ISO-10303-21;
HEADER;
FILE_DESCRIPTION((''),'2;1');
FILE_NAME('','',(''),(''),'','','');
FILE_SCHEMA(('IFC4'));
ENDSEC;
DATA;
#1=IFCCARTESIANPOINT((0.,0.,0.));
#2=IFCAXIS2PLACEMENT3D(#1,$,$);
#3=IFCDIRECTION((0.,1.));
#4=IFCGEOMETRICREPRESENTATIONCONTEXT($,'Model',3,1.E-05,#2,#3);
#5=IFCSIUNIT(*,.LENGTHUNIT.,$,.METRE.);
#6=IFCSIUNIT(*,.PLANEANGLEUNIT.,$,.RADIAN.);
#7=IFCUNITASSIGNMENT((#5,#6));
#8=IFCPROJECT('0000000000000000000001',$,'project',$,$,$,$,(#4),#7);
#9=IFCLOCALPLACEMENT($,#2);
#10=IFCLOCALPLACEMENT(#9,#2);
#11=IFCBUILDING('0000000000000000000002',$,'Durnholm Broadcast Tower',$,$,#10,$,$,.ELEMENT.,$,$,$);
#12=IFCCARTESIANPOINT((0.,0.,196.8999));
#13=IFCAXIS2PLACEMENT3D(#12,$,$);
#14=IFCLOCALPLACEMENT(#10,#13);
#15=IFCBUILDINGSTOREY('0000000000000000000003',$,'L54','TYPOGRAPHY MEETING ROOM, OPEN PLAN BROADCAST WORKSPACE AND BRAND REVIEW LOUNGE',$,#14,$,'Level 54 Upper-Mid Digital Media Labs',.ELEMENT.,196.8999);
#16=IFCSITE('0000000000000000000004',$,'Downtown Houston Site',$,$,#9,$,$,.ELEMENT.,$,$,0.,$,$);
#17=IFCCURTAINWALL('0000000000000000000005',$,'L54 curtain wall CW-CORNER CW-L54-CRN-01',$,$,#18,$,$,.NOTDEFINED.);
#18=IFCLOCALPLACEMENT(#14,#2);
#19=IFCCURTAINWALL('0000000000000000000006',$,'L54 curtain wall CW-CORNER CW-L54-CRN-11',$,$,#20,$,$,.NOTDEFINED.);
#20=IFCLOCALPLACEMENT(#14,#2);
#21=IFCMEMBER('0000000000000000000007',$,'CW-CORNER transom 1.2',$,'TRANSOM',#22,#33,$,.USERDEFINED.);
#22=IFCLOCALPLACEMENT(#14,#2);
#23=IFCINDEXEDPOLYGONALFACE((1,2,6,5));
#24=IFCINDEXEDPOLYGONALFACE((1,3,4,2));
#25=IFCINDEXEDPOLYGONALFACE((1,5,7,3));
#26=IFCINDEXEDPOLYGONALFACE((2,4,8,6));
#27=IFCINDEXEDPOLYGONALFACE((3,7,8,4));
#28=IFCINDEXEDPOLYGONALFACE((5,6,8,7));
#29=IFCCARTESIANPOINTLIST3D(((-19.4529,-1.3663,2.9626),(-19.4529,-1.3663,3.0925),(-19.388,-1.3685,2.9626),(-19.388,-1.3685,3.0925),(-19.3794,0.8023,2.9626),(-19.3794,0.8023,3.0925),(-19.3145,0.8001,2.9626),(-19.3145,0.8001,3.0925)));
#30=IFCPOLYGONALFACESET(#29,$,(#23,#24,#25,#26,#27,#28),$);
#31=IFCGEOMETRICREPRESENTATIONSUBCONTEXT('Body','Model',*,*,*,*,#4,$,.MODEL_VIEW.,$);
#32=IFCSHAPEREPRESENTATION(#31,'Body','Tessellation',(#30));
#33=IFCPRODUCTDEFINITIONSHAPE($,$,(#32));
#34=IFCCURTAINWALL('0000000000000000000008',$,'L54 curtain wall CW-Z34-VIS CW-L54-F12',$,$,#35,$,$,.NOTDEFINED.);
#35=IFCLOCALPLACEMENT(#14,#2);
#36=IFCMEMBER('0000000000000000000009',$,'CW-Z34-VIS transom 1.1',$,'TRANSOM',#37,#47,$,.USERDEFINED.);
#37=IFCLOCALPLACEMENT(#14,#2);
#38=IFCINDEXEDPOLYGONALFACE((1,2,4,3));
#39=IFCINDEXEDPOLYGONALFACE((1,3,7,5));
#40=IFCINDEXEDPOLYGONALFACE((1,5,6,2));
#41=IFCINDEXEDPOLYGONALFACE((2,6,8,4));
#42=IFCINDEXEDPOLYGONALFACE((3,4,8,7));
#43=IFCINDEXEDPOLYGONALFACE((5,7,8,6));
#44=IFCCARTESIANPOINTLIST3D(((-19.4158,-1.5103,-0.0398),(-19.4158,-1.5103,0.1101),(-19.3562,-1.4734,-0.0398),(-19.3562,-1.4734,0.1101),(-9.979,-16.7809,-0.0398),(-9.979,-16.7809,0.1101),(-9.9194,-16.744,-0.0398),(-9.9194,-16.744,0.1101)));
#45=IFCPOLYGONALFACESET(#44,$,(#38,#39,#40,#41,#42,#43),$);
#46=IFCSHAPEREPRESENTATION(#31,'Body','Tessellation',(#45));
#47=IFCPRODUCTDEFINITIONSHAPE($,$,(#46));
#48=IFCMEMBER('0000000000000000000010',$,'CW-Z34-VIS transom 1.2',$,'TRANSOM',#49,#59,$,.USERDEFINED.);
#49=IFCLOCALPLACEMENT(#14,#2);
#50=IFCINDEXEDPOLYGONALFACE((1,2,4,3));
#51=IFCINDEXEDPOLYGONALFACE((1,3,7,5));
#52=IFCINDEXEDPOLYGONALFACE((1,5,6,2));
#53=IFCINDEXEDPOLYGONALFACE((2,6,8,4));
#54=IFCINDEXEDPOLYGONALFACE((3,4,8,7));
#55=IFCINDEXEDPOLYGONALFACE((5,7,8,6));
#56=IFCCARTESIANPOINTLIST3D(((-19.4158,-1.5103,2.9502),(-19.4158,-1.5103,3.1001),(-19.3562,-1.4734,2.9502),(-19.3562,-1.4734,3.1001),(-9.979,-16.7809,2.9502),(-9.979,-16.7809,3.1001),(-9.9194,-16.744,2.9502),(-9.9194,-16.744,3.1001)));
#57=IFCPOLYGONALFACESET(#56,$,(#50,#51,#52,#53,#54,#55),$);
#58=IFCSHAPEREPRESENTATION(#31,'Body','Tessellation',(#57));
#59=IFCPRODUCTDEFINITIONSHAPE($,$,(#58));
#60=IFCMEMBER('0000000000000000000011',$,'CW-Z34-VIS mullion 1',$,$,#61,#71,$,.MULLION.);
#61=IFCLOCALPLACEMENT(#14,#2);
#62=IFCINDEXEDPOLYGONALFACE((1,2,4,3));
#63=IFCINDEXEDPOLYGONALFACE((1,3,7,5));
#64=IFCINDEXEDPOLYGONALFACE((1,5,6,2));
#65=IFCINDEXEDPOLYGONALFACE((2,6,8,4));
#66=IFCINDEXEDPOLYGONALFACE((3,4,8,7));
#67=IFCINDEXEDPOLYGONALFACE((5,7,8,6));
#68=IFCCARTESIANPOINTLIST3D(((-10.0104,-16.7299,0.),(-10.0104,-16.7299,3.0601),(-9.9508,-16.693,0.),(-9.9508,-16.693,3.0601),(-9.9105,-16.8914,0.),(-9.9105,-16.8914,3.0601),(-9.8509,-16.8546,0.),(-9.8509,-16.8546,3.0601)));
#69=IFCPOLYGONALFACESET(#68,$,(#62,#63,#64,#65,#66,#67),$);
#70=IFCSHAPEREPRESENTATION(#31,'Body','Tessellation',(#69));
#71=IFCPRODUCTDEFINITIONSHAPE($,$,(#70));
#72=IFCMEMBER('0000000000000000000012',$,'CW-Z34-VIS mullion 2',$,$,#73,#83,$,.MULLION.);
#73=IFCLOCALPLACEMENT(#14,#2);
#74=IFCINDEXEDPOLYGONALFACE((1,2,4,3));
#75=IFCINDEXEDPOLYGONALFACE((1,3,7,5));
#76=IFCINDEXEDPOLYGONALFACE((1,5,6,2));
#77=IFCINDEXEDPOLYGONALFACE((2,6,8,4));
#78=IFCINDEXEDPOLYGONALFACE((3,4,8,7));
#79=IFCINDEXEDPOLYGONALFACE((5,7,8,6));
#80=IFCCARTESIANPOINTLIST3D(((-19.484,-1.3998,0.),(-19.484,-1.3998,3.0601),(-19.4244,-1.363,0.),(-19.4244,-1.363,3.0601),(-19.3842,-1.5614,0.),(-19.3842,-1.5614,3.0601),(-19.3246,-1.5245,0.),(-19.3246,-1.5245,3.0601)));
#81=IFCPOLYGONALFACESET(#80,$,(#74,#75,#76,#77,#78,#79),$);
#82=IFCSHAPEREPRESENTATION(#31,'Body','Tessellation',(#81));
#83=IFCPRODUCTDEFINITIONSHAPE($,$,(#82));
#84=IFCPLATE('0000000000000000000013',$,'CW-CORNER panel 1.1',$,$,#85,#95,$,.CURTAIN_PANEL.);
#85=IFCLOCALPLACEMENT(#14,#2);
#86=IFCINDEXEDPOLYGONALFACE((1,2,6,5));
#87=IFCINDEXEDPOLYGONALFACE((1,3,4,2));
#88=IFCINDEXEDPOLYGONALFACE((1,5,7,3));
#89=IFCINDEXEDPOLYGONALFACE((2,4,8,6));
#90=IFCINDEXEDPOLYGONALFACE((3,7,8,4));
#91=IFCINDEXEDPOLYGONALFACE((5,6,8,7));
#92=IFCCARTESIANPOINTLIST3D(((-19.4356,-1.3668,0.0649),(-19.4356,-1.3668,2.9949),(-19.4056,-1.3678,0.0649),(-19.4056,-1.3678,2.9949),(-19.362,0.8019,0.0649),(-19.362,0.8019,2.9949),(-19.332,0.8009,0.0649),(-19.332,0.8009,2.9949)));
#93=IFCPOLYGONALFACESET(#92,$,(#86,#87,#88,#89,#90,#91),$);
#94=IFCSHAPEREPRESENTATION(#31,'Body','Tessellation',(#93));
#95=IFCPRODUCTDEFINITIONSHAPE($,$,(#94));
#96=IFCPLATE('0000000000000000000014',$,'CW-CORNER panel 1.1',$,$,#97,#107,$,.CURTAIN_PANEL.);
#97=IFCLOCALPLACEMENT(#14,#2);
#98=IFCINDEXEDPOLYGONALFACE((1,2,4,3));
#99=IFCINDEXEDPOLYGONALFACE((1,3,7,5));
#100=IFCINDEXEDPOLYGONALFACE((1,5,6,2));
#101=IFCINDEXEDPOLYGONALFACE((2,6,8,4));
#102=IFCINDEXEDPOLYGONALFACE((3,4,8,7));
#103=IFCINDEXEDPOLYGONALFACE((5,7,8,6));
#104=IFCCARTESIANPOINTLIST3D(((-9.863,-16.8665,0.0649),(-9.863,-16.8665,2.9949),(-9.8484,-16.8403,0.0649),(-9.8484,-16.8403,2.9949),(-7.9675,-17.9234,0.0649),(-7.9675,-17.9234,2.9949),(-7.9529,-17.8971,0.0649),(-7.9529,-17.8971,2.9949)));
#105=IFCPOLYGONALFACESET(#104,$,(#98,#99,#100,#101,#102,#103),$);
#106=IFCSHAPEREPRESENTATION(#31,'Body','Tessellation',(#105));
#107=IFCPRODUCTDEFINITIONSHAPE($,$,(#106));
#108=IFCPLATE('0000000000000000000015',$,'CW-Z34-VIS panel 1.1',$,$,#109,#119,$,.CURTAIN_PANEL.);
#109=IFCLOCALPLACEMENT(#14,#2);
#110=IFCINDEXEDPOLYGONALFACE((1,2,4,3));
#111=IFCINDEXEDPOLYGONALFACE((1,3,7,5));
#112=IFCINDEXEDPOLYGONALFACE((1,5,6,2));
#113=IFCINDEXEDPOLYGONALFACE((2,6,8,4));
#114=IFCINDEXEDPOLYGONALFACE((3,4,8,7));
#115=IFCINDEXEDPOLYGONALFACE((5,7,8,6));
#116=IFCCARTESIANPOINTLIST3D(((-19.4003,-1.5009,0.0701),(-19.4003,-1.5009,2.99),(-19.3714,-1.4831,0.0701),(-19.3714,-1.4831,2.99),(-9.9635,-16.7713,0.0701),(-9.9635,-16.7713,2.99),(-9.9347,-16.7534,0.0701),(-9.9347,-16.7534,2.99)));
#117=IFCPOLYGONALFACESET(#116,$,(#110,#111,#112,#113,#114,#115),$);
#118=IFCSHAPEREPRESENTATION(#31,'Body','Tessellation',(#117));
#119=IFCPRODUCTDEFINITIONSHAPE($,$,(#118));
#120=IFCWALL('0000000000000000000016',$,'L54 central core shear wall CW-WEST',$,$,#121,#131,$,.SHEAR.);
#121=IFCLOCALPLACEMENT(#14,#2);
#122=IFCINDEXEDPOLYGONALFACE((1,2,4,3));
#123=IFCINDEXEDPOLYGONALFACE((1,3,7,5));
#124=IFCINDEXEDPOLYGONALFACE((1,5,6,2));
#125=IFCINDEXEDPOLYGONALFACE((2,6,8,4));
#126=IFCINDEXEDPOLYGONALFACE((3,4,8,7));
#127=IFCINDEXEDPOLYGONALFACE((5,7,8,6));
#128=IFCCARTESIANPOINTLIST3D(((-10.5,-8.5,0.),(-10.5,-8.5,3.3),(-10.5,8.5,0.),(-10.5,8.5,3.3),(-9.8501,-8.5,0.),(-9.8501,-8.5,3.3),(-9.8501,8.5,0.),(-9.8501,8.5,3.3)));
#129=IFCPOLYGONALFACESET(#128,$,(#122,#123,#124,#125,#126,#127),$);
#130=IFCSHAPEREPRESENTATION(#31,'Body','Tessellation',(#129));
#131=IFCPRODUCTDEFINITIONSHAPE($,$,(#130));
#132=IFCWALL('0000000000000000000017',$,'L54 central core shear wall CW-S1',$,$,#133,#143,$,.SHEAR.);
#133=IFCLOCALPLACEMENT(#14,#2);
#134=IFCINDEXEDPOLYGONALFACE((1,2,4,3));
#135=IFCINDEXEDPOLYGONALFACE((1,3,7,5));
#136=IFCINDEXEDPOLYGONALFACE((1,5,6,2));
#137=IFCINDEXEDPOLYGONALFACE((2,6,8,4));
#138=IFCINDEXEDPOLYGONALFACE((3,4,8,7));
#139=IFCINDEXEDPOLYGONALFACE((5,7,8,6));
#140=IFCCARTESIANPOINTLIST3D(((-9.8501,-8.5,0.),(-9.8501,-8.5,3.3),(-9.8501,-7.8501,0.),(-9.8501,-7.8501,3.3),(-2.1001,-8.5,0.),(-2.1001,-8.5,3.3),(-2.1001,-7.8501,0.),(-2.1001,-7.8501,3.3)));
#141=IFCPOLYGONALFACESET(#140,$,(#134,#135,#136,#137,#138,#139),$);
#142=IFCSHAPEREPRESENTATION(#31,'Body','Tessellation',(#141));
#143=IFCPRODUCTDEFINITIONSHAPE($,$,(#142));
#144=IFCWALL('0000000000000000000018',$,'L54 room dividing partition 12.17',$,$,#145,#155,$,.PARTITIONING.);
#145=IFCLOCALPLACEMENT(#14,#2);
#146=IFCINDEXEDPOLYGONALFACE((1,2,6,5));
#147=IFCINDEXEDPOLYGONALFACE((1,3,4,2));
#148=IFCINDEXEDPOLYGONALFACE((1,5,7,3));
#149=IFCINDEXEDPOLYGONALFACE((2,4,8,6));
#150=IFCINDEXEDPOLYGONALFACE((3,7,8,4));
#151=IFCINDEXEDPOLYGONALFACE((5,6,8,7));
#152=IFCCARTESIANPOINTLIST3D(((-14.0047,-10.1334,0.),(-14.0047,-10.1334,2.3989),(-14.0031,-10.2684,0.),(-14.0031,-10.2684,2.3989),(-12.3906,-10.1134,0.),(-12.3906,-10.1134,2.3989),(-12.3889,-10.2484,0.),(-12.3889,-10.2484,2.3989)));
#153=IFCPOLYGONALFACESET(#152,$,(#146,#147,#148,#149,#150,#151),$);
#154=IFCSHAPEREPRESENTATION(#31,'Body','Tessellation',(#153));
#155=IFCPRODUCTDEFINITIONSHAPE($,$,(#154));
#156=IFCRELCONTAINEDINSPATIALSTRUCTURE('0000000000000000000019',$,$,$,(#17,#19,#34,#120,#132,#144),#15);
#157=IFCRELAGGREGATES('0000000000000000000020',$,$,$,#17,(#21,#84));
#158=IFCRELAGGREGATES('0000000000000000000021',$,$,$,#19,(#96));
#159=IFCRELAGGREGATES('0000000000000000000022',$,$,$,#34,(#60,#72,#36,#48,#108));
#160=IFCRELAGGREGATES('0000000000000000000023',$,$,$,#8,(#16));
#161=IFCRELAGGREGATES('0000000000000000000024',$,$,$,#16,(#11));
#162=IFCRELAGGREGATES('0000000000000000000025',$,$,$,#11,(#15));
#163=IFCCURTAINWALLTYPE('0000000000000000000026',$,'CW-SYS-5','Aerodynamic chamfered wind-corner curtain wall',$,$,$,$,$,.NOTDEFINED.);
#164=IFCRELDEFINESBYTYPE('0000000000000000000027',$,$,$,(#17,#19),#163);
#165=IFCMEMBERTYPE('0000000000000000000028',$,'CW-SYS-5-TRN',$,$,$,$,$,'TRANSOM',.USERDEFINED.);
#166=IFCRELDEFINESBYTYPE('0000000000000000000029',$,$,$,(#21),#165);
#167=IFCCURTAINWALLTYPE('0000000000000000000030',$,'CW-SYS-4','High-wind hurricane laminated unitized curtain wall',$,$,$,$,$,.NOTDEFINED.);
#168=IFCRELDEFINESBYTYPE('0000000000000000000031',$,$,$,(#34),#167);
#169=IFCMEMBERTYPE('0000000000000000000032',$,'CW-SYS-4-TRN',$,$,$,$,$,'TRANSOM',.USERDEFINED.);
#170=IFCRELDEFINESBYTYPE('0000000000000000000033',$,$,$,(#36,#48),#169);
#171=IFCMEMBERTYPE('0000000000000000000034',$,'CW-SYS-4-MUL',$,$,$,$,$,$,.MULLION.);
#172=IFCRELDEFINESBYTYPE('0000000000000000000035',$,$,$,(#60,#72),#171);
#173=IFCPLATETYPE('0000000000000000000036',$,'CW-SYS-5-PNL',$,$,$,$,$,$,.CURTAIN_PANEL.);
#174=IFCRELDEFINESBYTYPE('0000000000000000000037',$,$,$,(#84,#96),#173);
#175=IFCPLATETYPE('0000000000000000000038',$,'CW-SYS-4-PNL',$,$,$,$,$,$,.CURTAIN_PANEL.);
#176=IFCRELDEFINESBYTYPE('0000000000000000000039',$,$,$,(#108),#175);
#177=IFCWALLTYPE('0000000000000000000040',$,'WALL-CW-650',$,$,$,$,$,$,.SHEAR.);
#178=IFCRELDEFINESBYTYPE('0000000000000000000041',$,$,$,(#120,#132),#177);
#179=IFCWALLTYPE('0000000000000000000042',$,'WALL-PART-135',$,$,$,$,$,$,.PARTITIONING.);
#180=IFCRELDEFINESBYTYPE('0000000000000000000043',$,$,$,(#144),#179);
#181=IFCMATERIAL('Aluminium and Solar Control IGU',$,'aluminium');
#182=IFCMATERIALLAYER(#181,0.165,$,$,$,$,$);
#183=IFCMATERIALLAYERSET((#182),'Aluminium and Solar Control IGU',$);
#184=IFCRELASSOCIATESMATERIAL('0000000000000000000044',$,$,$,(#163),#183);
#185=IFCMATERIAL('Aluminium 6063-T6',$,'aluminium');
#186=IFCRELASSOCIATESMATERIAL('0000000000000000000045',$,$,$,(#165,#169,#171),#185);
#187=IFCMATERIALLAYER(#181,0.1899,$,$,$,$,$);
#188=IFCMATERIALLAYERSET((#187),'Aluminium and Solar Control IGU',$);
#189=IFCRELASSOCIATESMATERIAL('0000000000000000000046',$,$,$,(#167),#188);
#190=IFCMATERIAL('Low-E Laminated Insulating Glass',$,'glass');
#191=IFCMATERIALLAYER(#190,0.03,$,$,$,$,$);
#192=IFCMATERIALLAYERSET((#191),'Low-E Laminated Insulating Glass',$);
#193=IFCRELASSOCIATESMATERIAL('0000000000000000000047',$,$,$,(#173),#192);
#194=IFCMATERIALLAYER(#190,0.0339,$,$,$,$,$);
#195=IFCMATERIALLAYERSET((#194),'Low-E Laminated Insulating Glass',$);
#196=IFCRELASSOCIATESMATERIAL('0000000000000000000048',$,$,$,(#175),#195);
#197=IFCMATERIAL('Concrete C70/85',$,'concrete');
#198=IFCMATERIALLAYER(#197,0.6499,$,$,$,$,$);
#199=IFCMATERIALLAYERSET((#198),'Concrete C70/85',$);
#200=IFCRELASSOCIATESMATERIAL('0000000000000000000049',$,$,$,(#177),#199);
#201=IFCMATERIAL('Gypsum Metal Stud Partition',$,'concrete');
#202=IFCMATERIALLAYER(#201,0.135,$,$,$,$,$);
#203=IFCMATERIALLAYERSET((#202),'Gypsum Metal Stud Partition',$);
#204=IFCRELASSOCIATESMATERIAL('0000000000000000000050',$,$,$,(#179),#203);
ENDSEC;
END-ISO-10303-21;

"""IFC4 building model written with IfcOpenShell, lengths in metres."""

from ifc_helpers import new_model, si_unit, direction, frame, frame_2d, origin, origin_2d, place, context, subcontext, project, spatial, rectangle, extrude, source, transform, mapped, material, layer, layer_set, material_profile, profile_set, type_object, type_shapes, element, aggregate, save


model = new_model("IFC4")

# Units and contexts
model_context = context("Model", 3, precision=1e-05, world=origin(), true_north=direction((0.0, 1.0)))
body_context = subcontext(model_context, "Body", "Model", "MODEL_VIEW")
ifc_project = project(units=[si_unit("LENGTHUNIT", "METRE"), si_unit("PLANEANGLEUNIT", "RADIAN")], contexts=[model_context])

# Site, building, storey
site_placement = place(None, origin())
site = spatial("IfcSite", under=ifc_project, at=site_placement, Name="Downtown Houston Site", CompositionType="ELEMENT", RefElevation=0.0)
building_placement = place(site_placement, origin())
building = spatial("IfcBuilding", under=site, at=building_placement, Name="Durnholm Broadcast Tower", CompositionType="ELEMENT")
storey_placement = place(building_placement, frame((0.0, 0.0, 196.8999)))
storey = spatial("IfcBuildingStorey", under=building, at=storey_placement, Name="L54", Description="TYPOGRAPHY MEETING ROOM, OPEN PLAN BROADCAST WORKSPACE AND BRAND REVIEW LOUNGE", LongName="Level 54 Upper-Mid Digital Media Labs", CompositionType="ELEMENT", Elevation=196.8999)

# Shared definitions
ifc_material_1 = material(Name="Concrete C70/85", Category="concrete")

# Curtain walls
ifc_material_2 = material(Name="Aluminium and Solar Control IGU", Category="aluminium")
ifc_layer_1 = layer(ifc_material_2, 0.165)
ifc_layer_set_1 = layer_set([ifc_layer_1], Name="Aluminium and Solar Control IGU")
curtain_wall_type_1 = type_object("IfcCurtainWallType", Name="CW-SYS-5", Description="Aerodynamic chamfered wind-corner curtain wall", PredefinedType="NOTDEFINED", material=ifc_layer_set_1)
curtain_wall_1_placement = place(storey_placement, origin())
curtain_wall_1 = element("IfcCurtainWall", 1, at=curtain_wall_1_placement, inside=storey, type_object=curtain_wall_type_1, Name="L54 curtain wall CW-CORNER CW-L54-CRN-01", PredefinedType="NOTDEFINED")
ifc_material_3 = material(Name="Aluminium 6063-T6", Category="aluminium")
curtain_wall_2_placement = place(storey_placement, origin())
curtain_wall_2 = element("IfcCurtainWall", 2, at=curtain_wall_2_placement, inside=storey, type_object=curtain_wall_type_1, Name="L54 curtain wall CW-CORNER CW-L54-CRN-11", PredefinedType="NOTDEFINED")

# Member
ifc_material_profile_1 = material_profile(ifc_material_3, rectangle(XDim=0.0649, YDim=0.1299, at=origin_2d()), Name="CWT65X130")
ifc_profile_set_1 = profile_set([ifc_material_profile_1], Name="Aluminium 6063-T6")
member_type_1 = type_object("IfcMemberType", Name="CW-SYS-5-TRN", ElementType="TRANSOM", PredefinedType="USERDEFINED", material=ifc_profile_set_1)
shared_shape_1 = source(origin(), body_context, "Body", "SweptSolid", [
    extrude(rectangle(XDim=0.0649, YDim=0.1299, at=origin_2d()), origin(), (0.0, 0.0, 1.0), 2.1699),
])
type_shapes(member_type_1, [shared_shape_1])
member_1_placement = place(storey_placement, frame((-19.4204, -1.3674, 3.0276), z_axis=(0.033866, 0.999426, 0.0), x_axis=(-0.999426, 0.033866, 0.0)))
member_1 = element("IfcMember", 3, at=member_1_placement, type_object=member_type_1, Name="CW-CORNER transom 1.2", ObjectType="TRANSOM", PredefinedType="USERDEFINED", context=body_context, shape_type="MappedRepresentation", body=[
    mapped(shared_shape_1, transform((0.0, 0.0, 0.0), x_axis=(1.0, 0.0, 0.0), y_axis=(0.0, 1.0, 0.0), z_axis=(0.0, 0.0, 1.0), scale=1.0)),
])

# Curtain wall, members
ifc_layer_2 = layer(ifc_material_2, 0.1899)
ifc_layer_set_2 = layer_set([ifc_layer_2], Name="Aluminium and Solar Control IGU")
curtain_wall_type_2 = type_object("IfcCurtainWallType", Name="CW-SYS-4", Description="High-wind hurricane laminated unitized curtain wall", PredefinedType="NOTDEFINED", material=ifc_layer_set_2)
curtain_wall_3_placement = place(storey_placement, origin())
curtain_wall_3 = element("IfcCurtainWall", 4, at=curtain_wall_3_placement, inside=storey, type_object=curtain_wall_type_2, Name="L54 curtain wall CW-Z34-VIS CW-L54-F12", PredefinedType="NOTDEFINED")
ifc_material_profile_2 = material_profile(ifc_material_3, rectangle(XDim=0.0701, YDim=0.1499, at=origin_2d()), Name="CWT70X150")
ifc_profile_set_2 = profile_set([ifc_material_profile_2], Name="Aluminium 6063-T6")
member_type_2 = type_object("IfcMemberType", Name="CW-SYS-4-TRN", ElementType="TRANSOM", PredefinedType="USERDEFINED", material=ifc_profile_set_2)
shared_shape_2 = source(origin(), body_context, "Body", "SweptSolid", [
    extrude(rectangle(XDim=0.0701, YDim=0.1499, at=origin_2d()), origin(), (0.0, 0.0, 1.0), 17.9512),
])
type_shapes(member_type_2, [shared_shape_2])
member_2_placement = place(storey_placement, frame((-9.9492, -16.7625, 0.0352), z_axis=(-0.525694, 0.850674, 0.0), x_axis=(-0.850674, -0.525694, 0.0)))
member_2 = element("IfcMember", 5, at=member_2_placement, type_object=member_type_2, Name="CW-Z34-VIS transom 1.1", ObjectType="TRANSOM", PredefinedType="USERDEFINED", context=body_context, shape_type="MappedRepresentation", body=[
    mapped(shared_shape_2, transform((0.0, 0.0, 0.0), x_axis=(1.0, 0.0, 0.0), y_axis=(0.0, 1.0, 0.0), z_axis=(0.0, 0.0, 1.0), scale=1.0)),
])
member_3_placement = place(storey_placement, frame((-9.9492, -16.7625, 3.0251), z_axis=(-0.525694, 0.850674, 0.0), x_axis=(-0.850674, -0.525694, 0.0)))
member_3 = element("IfcMember", 6, at=member_3_placement, type_object=member_type_2, Name="CW-Z34-VIS transom 1.2", ObjectType="TRANSOM", PredefinedType="USERDEFINED", context=body_context, shape_type="MappedRepresentation", body=[
    mapped(shared_shape_2, transform((0.0, 0.0, 0.0), x_axis=(1.0, 0.0, 0.0), y_axis=(0.0, 1.0, 0.0), z_axis=(0.0, 0.0, 1.0), scale=1.0)),
])
ifc_material_profile_3 = material_profile(ifc_material_3, rectangle(XDim=0.0701, YDim=0.1899, at=origin_2d()), Name="CWM70X190")
ifc_profile_set_3 = profile_set([ifc_material_profile_3], Name="Aluminium 6063-T6")
member_type_3 = type_object("IfcMemberType", Name="CW-SYS-4-MUL", PredefinedType="MULLION", material=ifc_profile_set_3)
shared_shape_3 = source(origin(), body_context, "Body", "SweptSolid", [
    extrude(rectangle(XDim=0.0701, YDim=0.1899, at=origin_2d()), origin(), (0.0, 0.0, 1.0), 3.0601),
])
type_shapes(member_type_3, [shared_shape_3])
member_4_placement = place(storey_placement, frame((-9.9307, -16.7922, 0.0), z_axis=(0.0, 0.0, 1.0), x_axis=(-0.850671, -0.525698, 0.0)))
member_4 = element("IfcMember", 7, at=member_4_placement, type_object=member_type_3, Name="CW-Z34-VIS mullion 1", PredefinedType="MULLION", context=body_context, shape_type="MappedRepresentation", body=[
    mapped(shared_shape_3, transform((0.0, 0.0, 0.0), x_axis=(1.0, 0.0, 0.0), y_axis=(0.0, 1.0, 0.0), z_axis=(0.0, 0.0, 1.0), scale=1.0)),
])
member_5_placement = place(storey_placement, frame((-19.4043, -1.4622, 0.0), z_axis=(0.0, 0.0, 1.0), x_axis=(-0.850671, -0.525698, 0.0)))
member_5 = element("IfcMember", 8, at=member_5_placement, type_object=member_type_3, Name="CW-Z34-VIS mullion 2", PredefinedType="MULLION", context=body_context, shape_type="MappedRepresentation", body=[
    mapped(shared_shape_3, transform((0.0, 0.0, 0.0), x_axis=(1.0, 0.0, 0.0), y_axis=(0.0, 1.0, 0.0), z_axis=(0.0, 0.0, 1.0), scale=1.0)),
])

# Plates
ifc_material_4 = material(Name="Low-E Laminated Insulating Glass", Category="glass")
ifc_layer_3 = layer(ifc_material_4, 0.03)
ifc_layer_set_3 = layer_set([ifc_layer_3], Name="Low-E Laminated Insulating Glass")
plate_type_1 = type_object("IfcPlateType", Name="CW-SYS-5-PNL", PredefinedType="CURTAIN_PANEL", material=ifc_layer_set_3)
shared_shape_4 = source(origin(), body_context, "Body", "SweptSolid", [
    extrude(rectangle(XDim=2.1699, YDim=0.03, at=origin_2d()), origin(), (0.0, 0.0, 1.0), 2.9299),
])
plate_1_placement = place(storey_placement, frame((-19.3838, -0.283, 0.0649), z_axis=(0.0, 0.0, 1.0), x_axis=(0.033913, 0.999425, 0.0)))
plate_1 = element("IfcPlate", 9, at=plate_1_placement, type_object=plate_type_1, Name="CW-CORNER panel 1.1", PredefinedType="CURTAIN_PANEL", context=body_context, shape_type="MappedRepresentation", body=[
    mapped(shared_shape_4, transform((0.0, 0.0, 0.0), x_axis=(1.0, 0.0, 0.0), y_axis=(0.0, 1.0, 0.0), z_axis=(0.0, 0.0, 1.0), scale=1.0)),
])
aggregate(curtain_wall_1, [member_1, plate_1])
shared_shape_5 = source(origin(), body_context, "Body", "SweptSolid", [
    extrude(rectangle(XDim=2.1702, YDim=0.03, at=origin_2d()), origin(), (0.0, 0.0, 1.0), 2.9299),
])
type_shapes(plate_type_1, [shared_shape_4, shared_shape_5])
plate_2_placement = place(storey_placement, frame((-8.908, -17.3818, 0.0649), z_axis=(0.0, 0.0, 1.0), x_axis=(-0.87341, 0.486986, 0.0)))
plate_2 = element("IfcPlate", 10, at=plate_2_placement, type_object=plate_type_1, Name="CW-CORNER panel 1.1", PredefinedType="CURTAIN_PANEL", context=body_context, shape_type="MappedRepresentation", body=[
    mapped(shared_shape_5, transform((0.0, 0.0, 0.0), x_axis=(1.0, 0.0, 0.0), y_axis=(0.0, 1.0, 0.0), z_axis=(0.0, 0.0, 1.0), scale=1.0)),
])
aggregate(curtain_wall_2, [plate_2])
ifc_layer_4 = layer(ifc_material_4, 0.0339)
ifc_layer_set_4 = layer_set([ifc_layer_4], Name="Low-E Laminated Insulating Glass")
plate_type_2 = type_object("IfcPlateType", Name="CW-SYS-4-PNL", PredefinedType="CURTAIN_PANEL", material=ifc_layer_set_4)
shared_shape_6 = source(origin(), body_context, "Body", "SweptSolid", [
    extrude(rectangle(XDim=17.9509, YDim=0.0339, at=origin_2d()), origin(), (0.0, 0.0, 1.0), 2.9199),
])
type_shapes(plate_type_2, [shared_shape_6])
plate_3_placement = place(storey_placement, frame((-14.6675, -9.1272, 0.0701), z_axis=(0.0, 0.0, 1.0), x_axis=(-0.525698, 0.850671, 0.0)))
plate_3 = element("IfcPlate", 11, at=plate_3_placement, type_object=plate_type_2, Name="CW-Z34-VIS panel 1.1", PredefinedType="CURTAIN_PANEL", context=body_context, shape_type="MappedRepresentation", body=[
    mapped(shared_shape_6, transform((0.0, 0.0, 0.0), x_axis=(1.0, 0.0, 0.0), y_axis=(0.0, 1.0, 0.0), z_axis=(0.0, 0.0, 1.0), scale=1.0)),
])
aggregate(curtain_wall_3, [member_4, member_5, member_2, member_3, plate_3])

# Walls
ifc_layer_5 = layer(ifc_material_1, 0.6499)
ifc_layer_set_5 = layer_set([ifc_layer_5], Name="Concrete C70/85")
wall_type_1 = type_object("IfcWallType", Name="WALL-CW-650", PredefinedType="SHEAR", material=ifc_layer_set_5)
wall_1_placement = place(storey_placement, frame((-10.175, -8.5, 0.0), z_axis=(0.0, 0.0, 1.0), x_axis=(0.0, 1.0, 0.0)))
element("IfcWall", 12, at=wall_1_placement, inside=storey, type_object=wall_type_1, Name="L54 central core shear wall CW-WEST", PredefinedType="SHEAR", context=body_context, shape_type="SweptSolid", body=[
    extrude(rectangle(XDim=17.0, YDim=0.6499, at=frame_2d((8.5, 0.0))), origin(), (0.0, 0.0, 1.0), 3.3),
])
wall_2_placement = place(storey_placement, frame((-9.8501, -8.175, 0.0), z_axis=(0.0, 0.0, 1.0), x_axis=(1.0, 0.0, 0.0)))
element("IfcWall", 13, at=wall_2_placement, inside=storey, type_object=wall_type_1, Name="L54 central core shear wall CW-S1", PredefinedType="SHEAR", context=body_context, shape_type="SweptSolid", body=[
    extrude(rectangle(XDim=7.75, YDim=0.6499, at=frame_2d((3.875, 0.0))), origin(), (0.0, 0.0, 1.0), 3.3),
])
ifc_material_5 = material(Name="Gypsum Metal Stud Partition", Category="concrete")
ifc_layer_6 = layer(ifc_material_5, 0.135)
ifc_layer_set_6 = layer_set([ifc_layer_6], Name="Gypsum Metal Stud Partition")
wall_type_2 = type_object("IfcWallType", Name="WALL-PART-135", PredefinedType="PARTITIONING", material=ifc_layer_set_6)
wall_3_placement = place(storey_placement, frame((-14.0039, -10.2009, 0.0), z_axis=(0.0, 0.0, 1.0), x_axis=(0.999923, 0.012403, 0.0)))
element("IfcWall", 14, at=wall_3_placement, inside=storey, type_object=wall_type_2, Name="L54 room dividing partition 12.17", PredefinedType="PARTITIONING", context=body_context, shape_type="SweptSolid", body=[
    extrude(rectangle(XDim=1.6143, YDim=0.135, at=frame_2d((0.8071, 0.0))), origin(), (0.0, 0.0, 1.0), 2.3989),
])

save(model, "model.ifc")
